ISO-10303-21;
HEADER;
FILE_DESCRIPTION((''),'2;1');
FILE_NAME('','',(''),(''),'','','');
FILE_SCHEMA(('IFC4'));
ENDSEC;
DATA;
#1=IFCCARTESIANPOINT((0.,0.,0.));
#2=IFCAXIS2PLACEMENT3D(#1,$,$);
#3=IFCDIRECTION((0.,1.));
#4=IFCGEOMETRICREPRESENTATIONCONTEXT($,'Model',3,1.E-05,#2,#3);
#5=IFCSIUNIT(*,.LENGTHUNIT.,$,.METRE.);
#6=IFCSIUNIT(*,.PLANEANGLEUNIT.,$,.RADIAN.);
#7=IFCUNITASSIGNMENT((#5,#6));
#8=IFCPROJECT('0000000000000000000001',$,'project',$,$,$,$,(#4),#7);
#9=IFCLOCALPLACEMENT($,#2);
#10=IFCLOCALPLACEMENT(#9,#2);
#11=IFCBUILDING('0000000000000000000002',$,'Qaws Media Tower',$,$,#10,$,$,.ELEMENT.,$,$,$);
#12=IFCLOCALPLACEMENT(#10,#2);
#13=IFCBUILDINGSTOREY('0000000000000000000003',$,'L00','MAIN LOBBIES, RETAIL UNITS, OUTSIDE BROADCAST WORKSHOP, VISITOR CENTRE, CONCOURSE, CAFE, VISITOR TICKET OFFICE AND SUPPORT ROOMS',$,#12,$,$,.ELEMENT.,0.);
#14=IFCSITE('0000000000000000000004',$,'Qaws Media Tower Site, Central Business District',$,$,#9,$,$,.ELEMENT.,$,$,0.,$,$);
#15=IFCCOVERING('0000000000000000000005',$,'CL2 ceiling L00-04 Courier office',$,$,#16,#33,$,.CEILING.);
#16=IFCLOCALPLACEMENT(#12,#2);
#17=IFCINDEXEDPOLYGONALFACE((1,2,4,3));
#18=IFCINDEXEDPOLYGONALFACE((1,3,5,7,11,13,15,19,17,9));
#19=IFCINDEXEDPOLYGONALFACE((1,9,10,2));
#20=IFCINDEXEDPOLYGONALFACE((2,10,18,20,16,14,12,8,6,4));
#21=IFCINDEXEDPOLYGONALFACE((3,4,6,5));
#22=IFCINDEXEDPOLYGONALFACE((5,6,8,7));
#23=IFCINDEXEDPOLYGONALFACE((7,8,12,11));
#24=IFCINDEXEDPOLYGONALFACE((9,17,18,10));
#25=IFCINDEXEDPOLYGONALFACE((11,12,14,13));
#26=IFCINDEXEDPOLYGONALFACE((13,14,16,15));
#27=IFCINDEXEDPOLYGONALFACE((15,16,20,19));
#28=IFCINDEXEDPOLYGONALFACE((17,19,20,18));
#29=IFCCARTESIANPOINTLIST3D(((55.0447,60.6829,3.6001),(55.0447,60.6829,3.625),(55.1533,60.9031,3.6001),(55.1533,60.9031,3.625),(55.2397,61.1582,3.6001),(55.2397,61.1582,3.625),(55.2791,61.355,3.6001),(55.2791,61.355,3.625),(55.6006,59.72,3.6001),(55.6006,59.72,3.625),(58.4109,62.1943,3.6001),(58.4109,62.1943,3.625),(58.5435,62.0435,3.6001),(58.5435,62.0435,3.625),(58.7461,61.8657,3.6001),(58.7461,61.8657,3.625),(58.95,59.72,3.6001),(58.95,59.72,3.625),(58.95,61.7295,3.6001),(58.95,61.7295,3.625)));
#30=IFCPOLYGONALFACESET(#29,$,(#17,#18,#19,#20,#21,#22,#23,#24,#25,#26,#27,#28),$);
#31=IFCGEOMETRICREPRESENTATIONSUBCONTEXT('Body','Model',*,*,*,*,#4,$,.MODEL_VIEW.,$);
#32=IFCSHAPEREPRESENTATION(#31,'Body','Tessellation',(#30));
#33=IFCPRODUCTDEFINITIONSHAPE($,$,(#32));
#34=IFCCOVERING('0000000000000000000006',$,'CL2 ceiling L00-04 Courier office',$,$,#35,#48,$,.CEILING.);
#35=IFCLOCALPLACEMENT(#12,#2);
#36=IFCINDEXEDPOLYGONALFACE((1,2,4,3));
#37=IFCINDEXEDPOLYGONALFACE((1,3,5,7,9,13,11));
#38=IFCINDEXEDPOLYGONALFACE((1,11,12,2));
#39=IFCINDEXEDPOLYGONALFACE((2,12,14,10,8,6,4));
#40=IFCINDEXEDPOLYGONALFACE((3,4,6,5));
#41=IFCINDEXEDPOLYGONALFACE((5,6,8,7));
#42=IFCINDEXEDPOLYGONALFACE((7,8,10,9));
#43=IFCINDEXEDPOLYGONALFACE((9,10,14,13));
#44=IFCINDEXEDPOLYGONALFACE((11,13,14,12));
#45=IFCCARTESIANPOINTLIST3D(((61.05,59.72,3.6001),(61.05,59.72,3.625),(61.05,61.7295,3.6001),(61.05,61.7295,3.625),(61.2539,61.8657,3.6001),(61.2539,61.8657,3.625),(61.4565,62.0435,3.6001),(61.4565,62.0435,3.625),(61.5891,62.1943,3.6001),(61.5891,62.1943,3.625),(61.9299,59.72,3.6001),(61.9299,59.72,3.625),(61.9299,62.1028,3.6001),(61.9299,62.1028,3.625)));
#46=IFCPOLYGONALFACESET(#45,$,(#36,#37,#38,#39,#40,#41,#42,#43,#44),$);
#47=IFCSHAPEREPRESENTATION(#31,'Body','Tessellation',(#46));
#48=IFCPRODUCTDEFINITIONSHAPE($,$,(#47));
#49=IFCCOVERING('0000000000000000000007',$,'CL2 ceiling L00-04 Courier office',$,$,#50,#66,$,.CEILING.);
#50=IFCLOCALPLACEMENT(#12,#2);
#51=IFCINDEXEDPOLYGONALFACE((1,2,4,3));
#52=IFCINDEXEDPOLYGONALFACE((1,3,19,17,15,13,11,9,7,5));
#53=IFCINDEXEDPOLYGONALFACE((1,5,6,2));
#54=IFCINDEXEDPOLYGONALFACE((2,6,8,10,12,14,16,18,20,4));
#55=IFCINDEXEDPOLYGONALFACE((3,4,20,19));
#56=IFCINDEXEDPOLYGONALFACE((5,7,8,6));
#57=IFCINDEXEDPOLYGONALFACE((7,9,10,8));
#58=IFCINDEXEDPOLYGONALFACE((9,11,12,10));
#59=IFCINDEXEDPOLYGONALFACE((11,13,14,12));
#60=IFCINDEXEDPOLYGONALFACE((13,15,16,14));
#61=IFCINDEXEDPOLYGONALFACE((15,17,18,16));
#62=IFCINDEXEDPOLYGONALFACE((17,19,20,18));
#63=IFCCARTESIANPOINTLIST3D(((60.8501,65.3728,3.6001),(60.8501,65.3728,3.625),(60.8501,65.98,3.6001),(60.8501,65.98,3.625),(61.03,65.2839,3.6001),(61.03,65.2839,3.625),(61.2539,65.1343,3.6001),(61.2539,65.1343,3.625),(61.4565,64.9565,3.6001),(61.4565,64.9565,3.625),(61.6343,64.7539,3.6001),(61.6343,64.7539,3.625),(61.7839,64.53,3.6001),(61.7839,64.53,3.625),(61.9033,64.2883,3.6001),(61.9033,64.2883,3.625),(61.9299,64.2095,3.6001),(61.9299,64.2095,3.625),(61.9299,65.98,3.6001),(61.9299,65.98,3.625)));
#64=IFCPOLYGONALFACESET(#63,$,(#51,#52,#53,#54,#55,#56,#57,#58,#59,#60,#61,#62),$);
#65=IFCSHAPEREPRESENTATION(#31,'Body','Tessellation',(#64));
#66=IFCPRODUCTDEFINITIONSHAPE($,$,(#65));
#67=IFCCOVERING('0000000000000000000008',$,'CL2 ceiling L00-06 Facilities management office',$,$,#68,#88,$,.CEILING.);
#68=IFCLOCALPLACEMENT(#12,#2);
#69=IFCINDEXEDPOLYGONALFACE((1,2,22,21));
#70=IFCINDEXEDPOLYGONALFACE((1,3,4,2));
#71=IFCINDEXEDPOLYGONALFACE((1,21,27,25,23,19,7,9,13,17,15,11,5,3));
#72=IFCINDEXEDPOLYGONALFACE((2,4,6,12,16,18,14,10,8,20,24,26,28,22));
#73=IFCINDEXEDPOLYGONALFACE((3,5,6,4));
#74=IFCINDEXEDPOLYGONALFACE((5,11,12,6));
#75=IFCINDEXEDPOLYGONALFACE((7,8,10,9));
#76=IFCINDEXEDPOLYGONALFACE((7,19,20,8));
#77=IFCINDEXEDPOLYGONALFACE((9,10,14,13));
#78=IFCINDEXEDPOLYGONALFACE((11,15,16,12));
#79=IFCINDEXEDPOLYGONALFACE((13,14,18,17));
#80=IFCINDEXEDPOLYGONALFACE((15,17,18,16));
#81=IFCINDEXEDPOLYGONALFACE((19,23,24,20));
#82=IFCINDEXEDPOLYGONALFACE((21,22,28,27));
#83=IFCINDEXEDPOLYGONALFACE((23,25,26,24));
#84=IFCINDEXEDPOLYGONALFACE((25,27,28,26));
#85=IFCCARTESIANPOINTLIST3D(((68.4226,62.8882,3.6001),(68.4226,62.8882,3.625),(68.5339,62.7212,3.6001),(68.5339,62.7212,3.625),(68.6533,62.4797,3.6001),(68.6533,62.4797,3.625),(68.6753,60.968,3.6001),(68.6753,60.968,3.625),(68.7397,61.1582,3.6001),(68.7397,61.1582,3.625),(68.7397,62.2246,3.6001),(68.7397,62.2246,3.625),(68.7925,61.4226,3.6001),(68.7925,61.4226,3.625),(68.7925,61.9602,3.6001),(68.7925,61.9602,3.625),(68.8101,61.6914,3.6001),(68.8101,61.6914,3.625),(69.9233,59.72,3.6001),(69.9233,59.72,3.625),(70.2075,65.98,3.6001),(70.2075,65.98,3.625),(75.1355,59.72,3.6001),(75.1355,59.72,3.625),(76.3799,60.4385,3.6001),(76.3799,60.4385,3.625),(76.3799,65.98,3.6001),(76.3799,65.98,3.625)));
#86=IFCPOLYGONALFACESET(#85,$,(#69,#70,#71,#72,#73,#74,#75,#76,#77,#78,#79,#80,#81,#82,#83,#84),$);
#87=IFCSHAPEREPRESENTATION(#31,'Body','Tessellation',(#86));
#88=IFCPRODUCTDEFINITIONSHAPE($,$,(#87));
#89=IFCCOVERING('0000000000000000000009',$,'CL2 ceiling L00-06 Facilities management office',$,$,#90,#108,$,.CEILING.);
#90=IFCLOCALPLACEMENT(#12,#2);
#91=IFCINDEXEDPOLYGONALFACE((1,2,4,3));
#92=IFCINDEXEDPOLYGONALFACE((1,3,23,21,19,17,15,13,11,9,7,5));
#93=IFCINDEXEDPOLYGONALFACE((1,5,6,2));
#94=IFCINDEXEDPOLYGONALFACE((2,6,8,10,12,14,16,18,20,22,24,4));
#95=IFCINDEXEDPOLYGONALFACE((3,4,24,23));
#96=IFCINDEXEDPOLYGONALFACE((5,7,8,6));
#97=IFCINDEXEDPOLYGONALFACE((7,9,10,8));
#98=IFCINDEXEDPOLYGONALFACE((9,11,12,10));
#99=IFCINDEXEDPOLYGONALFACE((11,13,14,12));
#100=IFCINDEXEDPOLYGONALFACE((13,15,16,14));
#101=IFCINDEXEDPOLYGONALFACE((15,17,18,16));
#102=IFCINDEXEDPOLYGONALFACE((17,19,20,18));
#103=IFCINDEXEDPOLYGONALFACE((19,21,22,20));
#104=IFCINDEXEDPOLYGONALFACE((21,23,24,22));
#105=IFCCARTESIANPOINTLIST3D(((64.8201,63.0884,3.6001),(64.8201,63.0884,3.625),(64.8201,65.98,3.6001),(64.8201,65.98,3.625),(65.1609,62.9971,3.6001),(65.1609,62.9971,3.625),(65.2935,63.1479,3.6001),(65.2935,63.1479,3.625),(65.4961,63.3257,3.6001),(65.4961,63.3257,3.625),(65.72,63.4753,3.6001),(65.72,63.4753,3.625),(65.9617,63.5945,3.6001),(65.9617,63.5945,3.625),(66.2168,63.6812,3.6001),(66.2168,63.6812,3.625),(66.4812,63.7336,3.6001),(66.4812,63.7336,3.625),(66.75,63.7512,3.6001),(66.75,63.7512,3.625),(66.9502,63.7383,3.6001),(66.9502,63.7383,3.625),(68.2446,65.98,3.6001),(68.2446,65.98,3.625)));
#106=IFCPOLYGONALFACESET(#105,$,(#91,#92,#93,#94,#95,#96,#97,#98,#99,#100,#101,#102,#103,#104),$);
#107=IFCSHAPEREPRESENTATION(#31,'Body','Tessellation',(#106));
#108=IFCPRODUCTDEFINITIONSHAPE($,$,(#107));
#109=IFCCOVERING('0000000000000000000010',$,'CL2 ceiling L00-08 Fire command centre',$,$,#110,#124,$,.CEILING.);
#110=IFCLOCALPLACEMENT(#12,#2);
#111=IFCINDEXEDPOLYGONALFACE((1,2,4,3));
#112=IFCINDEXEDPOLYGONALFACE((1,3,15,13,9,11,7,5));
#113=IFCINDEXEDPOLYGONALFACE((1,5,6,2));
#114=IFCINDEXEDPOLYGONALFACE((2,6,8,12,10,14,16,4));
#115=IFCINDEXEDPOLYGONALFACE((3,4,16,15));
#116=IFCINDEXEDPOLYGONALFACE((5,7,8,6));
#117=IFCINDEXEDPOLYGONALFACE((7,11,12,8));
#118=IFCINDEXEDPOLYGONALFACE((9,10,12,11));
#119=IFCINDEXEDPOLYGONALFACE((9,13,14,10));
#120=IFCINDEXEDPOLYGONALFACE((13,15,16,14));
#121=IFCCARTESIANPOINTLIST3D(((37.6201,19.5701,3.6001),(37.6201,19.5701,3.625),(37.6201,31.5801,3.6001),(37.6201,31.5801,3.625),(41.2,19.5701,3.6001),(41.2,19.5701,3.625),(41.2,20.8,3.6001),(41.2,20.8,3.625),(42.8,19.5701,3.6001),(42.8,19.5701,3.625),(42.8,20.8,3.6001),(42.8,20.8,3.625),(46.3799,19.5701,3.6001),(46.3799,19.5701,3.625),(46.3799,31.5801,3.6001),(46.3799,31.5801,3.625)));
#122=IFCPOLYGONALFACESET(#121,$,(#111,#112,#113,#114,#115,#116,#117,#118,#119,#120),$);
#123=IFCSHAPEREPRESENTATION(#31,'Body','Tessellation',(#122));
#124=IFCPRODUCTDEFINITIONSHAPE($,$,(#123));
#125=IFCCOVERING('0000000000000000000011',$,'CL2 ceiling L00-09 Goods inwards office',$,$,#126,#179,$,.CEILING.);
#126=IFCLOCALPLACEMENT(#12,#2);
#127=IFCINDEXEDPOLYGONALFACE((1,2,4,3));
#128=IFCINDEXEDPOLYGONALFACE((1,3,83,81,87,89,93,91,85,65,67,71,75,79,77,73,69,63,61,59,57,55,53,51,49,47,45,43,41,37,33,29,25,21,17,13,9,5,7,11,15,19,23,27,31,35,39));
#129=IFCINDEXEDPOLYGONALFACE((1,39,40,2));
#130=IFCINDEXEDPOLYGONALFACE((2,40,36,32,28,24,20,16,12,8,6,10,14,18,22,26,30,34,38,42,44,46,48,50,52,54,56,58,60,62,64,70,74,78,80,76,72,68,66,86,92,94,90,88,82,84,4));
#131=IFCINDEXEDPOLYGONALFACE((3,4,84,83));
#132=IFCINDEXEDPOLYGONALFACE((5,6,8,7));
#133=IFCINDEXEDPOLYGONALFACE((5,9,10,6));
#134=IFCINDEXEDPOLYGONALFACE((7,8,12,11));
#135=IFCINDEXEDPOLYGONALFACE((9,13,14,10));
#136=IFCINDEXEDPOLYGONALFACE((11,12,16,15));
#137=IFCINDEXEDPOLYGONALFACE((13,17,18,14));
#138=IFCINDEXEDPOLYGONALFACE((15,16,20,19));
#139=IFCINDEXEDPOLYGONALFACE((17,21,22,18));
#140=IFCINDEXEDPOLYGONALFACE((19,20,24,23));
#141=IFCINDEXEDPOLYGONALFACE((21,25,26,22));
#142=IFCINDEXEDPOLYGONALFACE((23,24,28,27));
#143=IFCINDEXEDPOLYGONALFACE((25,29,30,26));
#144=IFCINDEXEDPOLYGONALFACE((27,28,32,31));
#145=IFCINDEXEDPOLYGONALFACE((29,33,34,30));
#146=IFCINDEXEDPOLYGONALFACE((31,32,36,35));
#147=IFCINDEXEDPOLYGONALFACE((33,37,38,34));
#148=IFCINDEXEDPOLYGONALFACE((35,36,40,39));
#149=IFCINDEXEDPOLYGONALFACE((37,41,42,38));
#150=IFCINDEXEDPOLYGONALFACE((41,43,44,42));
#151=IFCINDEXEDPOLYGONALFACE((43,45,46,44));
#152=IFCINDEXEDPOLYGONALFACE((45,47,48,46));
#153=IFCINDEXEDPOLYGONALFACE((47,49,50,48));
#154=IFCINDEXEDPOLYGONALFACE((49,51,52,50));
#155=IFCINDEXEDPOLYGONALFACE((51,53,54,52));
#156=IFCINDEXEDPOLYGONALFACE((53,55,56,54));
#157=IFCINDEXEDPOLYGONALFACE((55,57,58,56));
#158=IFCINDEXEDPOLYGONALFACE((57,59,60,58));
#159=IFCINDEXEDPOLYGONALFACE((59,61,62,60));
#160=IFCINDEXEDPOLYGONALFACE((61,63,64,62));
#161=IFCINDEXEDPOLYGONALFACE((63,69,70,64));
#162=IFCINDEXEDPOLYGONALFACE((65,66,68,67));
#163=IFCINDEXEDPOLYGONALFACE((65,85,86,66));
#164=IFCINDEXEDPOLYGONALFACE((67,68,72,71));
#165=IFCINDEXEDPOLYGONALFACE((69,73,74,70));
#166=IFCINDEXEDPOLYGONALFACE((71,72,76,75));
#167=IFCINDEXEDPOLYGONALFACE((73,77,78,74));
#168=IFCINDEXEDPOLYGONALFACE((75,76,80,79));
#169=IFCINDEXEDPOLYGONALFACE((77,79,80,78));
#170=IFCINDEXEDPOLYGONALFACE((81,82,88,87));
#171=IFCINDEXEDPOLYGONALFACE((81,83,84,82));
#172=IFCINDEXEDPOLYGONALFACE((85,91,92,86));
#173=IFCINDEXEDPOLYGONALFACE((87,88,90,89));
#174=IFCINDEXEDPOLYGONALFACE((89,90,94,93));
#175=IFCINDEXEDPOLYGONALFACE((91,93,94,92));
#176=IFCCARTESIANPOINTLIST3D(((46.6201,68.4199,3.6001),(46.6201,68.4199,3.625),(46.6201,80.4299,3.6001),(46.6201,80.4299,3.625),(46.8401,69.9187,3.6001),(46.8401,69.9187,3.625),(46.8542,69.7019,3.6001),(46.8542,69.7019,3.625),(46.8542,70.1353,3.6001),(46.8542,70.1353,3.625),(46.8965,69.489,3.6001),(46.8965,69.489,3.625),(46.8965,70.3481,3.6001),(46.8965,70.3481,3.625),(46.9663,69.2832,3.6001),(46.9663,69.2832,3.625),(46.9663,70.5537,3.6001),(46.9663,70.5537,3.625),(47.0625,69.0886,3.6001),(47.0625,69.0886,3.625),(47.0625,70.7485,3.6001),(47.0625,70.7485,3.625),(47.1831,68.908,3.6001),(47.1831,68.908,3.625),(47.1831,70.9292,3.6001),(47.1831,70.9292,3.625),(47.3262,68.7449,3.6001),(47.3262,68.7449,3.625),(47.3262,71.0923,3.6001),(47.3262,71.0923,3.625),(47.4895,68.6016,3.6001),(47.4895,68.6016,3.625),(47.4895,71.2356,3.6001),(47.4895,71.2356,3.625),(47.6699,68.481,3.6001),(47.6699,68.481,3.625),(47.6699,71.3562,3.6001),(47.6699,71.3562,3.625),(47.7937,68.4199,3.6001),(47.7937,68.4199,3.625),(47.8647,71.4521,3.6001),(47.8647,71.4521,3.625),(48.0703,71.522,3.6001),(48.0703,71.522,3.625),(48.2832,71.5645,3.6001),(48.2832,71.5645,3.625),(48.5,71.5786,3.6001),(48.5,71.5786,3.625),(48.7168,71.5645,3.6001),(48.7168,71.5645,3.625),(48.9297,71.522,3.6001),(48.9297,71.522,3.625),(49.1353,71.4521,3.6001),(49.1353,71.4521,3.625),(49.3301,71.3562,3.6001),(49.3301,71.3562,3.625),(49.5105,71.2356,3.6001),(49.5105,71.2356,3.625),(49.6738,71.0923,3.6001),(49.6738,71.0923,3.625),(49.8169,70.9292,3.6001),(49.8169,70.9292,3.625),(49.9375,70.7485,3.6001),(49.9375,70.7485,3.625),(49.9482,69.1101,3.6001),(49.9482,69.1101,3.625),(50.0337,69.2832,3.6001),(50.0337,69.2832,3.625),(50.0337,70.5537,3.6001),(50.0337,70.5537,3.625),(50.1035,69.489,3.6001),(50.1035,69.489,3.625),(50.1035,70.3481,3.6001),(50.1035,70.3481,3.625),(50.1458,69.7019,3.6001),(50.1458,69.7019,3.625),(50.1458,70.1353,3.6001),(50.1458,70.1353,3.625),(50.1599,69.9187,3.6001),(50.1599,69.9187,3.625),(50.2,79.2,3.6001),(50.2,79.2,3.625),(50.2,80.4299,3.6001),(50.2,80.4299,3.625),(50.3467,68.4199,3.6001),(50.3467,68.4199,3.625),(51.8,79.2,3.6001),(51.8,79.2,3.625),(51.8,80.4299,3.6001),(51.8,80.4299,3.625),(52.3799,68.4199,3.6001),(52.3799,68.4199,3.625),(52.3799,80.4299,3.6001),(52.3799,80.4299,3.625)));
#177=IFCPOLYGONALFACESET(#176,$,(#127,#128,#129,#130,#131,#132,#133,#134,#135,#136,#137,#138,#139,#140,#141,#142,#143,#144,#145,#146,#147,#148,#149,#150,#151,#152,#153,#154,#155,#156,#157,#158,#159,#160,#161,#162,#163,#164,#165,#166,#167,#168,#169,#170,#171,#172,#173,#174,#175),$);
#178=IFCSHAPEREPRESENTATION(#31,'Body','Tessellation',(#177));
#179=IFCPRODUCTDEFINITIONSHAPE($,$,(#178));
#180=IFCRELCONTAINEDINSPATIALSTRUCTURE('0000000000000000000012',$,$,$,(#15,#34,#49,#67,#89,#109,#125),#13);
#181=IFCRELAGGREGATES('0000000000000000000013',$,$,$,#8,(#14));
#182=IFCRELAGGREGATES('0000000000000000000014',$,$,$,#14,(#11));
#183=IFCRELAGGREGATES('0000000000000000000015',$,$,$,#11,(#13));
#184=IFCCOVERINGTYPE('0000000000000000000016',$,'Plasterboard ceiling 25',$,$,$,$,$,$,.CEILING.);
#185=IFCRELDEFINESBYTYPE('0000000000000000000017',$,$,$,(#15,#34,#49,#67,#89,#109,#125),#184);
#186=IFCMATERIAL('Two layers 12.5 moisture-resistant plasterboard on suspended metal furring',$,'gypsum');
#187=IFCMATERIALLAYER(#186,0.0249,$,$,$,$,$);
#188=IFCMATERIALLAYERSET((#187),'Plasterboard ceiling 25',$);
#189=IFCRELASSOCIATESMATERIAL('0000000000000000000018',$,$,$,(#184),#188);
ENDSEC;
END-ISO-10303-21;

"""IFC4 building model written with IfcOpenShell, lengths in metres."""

from ifc_helpers import new_model, si_unit, direction, frame, origin, place, context, subcontext, project, spatial, polyline, outline, extrude, material, layer, layer_set, type_object, element, save


model = new_model("IFC4")

# Units and contexts
model_context = context("Model", 3, precision=1e-05, world=origin(), true_north=direction((0.0, 1.0)))
body_context = subcontext(model_context, "Body", "Model", "MODEL_VIEW")
ifc_project = project(units=[si_unit("LENGTHUNIT", "METRE"), si_unit("PLANEANGLEUNIT", "RADIAN")], contexts=[model_context])

# Site, building, storey
site_placement = place(None, origin())
site = spatial("IfcSite", under=ifc_project, at=site_placement, Name="Qaws Media Tower Site, Central Business District", CompositionType="ELEMENT", RefElevation=0.0)
building_placement = place(site_placement, origin())
building = spatial("IfcBuilding", under=site, at=building_placement, Name="Qaws Media Tower", CompositionType="ELEMENT")
storey_placement = place(building_placement, origin())
storey = spatial("IfcBuildingStorey", under=building, at=storey_placement, Name="L00", Description="MAIN LOBBIES, RETAIL UNITS, OUTSIDE BROADCAST WORKSHOP, VISITOR CENTRE, CONCOURSE, CAFE, VISITOR TICKET OFFICE AND SUPPORT ROOMS", CompositionType="ELEMENT", Elevation=0.0)

# Coverings
ifc_material_1 = material(Name="Two layers 12.5 moisture-resistant plasterboard on suspended metal furring", Category="gypsum")
ifc_layer_1 = layer(ifc_material_1, 0.0249)
ifc_layer_set_1 = layer_set([ifc_layer_1], Name="Plasterboard ceiling 25")
covering_type_1 = type_object("IfcCoveringType", Name="Plasterboard ceiling 25", PredefinedType="CEILING", material=ifc_layer_set_1)
covering_1_placement = place(storey_placement, frame((0.0, 0.0, 3.6001)))
element("IfcCovering", 1, at=covering_1_placement, inside=storey, type_object=covering_type_1, Name="CL2 ceiling L00-04 Courier office", PredefinedType="CEILING", context=body_context, shape_type="SweptSolid", body=[
    extrude(outline(polyline([(58.5435, 62.0435), (58.7461, 61.8657), (58.95, 61.7295), (58.95, 59.72), (55.6006, 59.72), (55.0447, 60.6829), (55.1533, 60.9031), (55.2397, 61.1582), (55.2791, 61.355), (58.4109, 62.1943), (58.5435, 62.0435)])), origin(), (0.0, 0.0, 1.0), 0.0249),
])
covering_2_placement = place(storey_placement, frame((0.0, 0.0, 3.6001)))
element("IfcCovering", 2, at=covering_2_placement, inside=storey, type_object=covering_type_1, Name="CL2 ceiling L00-04 Courier office", PredefinedType="CEILING", context=body_context, shape_type="SweptSolid", body=[
    extrude(outline(polyline([(61.2539, 61.8657), (61.4565, 62.0435), (61.5891, 62.1943), (61.9299, 62.1028), (61.9299, 59.72), (61.05, 59.72), (61.05, 61.7295), (61.2539, 61.8657)])), origin(), (0.0, 0.0, 1.0), 0.0249),
])
covering_3_placement = place(storey_placement, frame((0.0, 0.0, 3.6001)))
element("IfcCovering", 3, at=covering_3_placement, inside=storey, type_object=covering_type_1, Name="CL2 ceiling L00-04 Courier office", PredefinedType="CEILING", context=body_context, shape_type="SweptSolid", body=[
    extrude(outline(polyline([(61.9299, 64.2095), (61.9033, 64.2883), (61.7839, 64.53), (61.6343, 64.7539), (61.4565, 64.9565), (61.2539, 65.1343), (61.03, 65.2839), (60.8501, 65.3728), (60.8501, 65.98), (61.9299, 65.98), (61.9299, 64.2095)])), origin(), (0.0, 0.0, 1.0), 0.0249),
])
covering_4_placement = place(storey_placement, frame((0.0, 0.0, 3.6001)))
element("IfcCovering", 4, at=covering_4_placement, inside=storey, type_object=covering_type_1, Name="CL2 ceiling L00-06 Facilities management office", PredefinedType="CEILING", context=body_context, shape_type="SweptSolid", body=[
    extrude(outline(polyline([(76.3799, 60.4385), (75.1355, 59.72), (69.9233, 59.72), (68.6753, 60.968), (68.7397, 61.1582), (68.7925, 61.4226), (68.8101, 61.6914), (68.7925, 61.9602), (68.7397, 62.2246), (68.6533, 62.4797), (68.5339, 62.7212), (68.4226, 62.8882), (70.2075, 65.98), (76.3799, 65.98), (76.3799, 60.4385)])), origin(), (0.0, 0.0, 1.0), 0.0249),
])
covering_5_placement = place(storey_placement, frame((0.0, 0.0, 3.6001)))
element("IfcCovering", 5, at=covering_5_placement, inside=storey, type_object=covering_type_1, Name="CL2 ceiling L00-06 Facilities management office", PredefinedType="CEILING", context=body_context, shape_type="SweptSolid", body=[
    extrude(outline(polyline([(66.75, 63.7512), (66.4812, 63.7336), (66.2168, 63.6812), (65.9617, 63.5945), (65.72, 63.4753), (65.4961, 63.3257), (65.2935, 63.1479), (65.1609, 62.9971), (64.8201, 63.0884), (64.8201, 65.98), (68.2446, 65.98), (66.9502, 63.7383), (66.75, 63.7512)])), origin(), (0.0, 0.0, 1.0), 0.0249),
])
covering_6_placement = place(storey_placement, frame((0.0, 0.0, 3.6001)))
element("IfcCovering", 6, at=covering_6_placement, inside=storey, type_object=covering_type_1, Name="CL2 ceiling L00-08 Fire command centre", PredefinedType="CEILING", context=body_context, shape_type="SweptSolid", body=[
    extrude(outline(polyline([(46.3799, 19.5701), (42.8, 19.5701), (42.8, 20.8), (41.2, 20.8), (41.2, 19.5701), (37.6201, 19.5701), (37.6201, 31.5801), (46.3799, 31.5801), (46.3799, 19.5701)])), origin(), (0.0, 0.0, 1.0), 0.0249),
])
covering_7_placement = place(storey_placement, frame((0.0, 0.0, 3.6001)))
element("IfcCovering", 7, at=covering_7_placement, inside=storey, type_object=covering_type_1, Name="CL2 ceiling L00-09 Goods inwards office", PredefinedType="CEILING", context=body_context, shape_type="SweptSolid", body=[
    extrude(outline(polyline([(50.2, 80.4299), (50.2, 79.2), (51.8, 79.2), (51.8, 80.4299), (52.3799, 80.4299), (52.3799, 68.4199), (50.3467, 68.4199), (49.9482, 69.1101), (50.0337, 69.2832), (50.1035, 69.489), (50.1458, 69.7019), (50.1599, 69.9187), (50.1458, 70.1353), (50.1035, 70.3481), (50.0337, 70.5537), (49.9375, 70.7485), (49.8169, 70.9292), (49.6738, 71.0923), (49.5105, 71.2356), (49.3301, 71.3562), (49.1353, 71.4521), (48.9297, 71.522), (48.7168, 71.5645), (48.5, 71.5786), (48.2832, 71.5645), (48.0703, 71.522), (47.8647, 71.4521), (47.6699, 71.3562), (47.4895, 71.2356), (47.3262, 71.0923), (47.1831, 70.9292), (47.0625, 70.7485), (46.9663, 70.5537), (46.8965, 70.3481), (46.8542, 70.1353), (46.8401, 69.9187), (46.8542, 69.7019), (46.8965, 69.489), (46.9663, 69.2832), (47.0625, 69.0886), (47.1831, 68.908), (47.3262, 68.7449), (47.4895, 68.6016), (47.6699, 68.481), (47.7937, 68.4199), (46.6201, 68.4199), (46.6201, 80.4299), (50.2, 80.4299)])), origin(), (0.0, 0.0, 1.0), 0.0249),
])

save(model, "model.ifc")
